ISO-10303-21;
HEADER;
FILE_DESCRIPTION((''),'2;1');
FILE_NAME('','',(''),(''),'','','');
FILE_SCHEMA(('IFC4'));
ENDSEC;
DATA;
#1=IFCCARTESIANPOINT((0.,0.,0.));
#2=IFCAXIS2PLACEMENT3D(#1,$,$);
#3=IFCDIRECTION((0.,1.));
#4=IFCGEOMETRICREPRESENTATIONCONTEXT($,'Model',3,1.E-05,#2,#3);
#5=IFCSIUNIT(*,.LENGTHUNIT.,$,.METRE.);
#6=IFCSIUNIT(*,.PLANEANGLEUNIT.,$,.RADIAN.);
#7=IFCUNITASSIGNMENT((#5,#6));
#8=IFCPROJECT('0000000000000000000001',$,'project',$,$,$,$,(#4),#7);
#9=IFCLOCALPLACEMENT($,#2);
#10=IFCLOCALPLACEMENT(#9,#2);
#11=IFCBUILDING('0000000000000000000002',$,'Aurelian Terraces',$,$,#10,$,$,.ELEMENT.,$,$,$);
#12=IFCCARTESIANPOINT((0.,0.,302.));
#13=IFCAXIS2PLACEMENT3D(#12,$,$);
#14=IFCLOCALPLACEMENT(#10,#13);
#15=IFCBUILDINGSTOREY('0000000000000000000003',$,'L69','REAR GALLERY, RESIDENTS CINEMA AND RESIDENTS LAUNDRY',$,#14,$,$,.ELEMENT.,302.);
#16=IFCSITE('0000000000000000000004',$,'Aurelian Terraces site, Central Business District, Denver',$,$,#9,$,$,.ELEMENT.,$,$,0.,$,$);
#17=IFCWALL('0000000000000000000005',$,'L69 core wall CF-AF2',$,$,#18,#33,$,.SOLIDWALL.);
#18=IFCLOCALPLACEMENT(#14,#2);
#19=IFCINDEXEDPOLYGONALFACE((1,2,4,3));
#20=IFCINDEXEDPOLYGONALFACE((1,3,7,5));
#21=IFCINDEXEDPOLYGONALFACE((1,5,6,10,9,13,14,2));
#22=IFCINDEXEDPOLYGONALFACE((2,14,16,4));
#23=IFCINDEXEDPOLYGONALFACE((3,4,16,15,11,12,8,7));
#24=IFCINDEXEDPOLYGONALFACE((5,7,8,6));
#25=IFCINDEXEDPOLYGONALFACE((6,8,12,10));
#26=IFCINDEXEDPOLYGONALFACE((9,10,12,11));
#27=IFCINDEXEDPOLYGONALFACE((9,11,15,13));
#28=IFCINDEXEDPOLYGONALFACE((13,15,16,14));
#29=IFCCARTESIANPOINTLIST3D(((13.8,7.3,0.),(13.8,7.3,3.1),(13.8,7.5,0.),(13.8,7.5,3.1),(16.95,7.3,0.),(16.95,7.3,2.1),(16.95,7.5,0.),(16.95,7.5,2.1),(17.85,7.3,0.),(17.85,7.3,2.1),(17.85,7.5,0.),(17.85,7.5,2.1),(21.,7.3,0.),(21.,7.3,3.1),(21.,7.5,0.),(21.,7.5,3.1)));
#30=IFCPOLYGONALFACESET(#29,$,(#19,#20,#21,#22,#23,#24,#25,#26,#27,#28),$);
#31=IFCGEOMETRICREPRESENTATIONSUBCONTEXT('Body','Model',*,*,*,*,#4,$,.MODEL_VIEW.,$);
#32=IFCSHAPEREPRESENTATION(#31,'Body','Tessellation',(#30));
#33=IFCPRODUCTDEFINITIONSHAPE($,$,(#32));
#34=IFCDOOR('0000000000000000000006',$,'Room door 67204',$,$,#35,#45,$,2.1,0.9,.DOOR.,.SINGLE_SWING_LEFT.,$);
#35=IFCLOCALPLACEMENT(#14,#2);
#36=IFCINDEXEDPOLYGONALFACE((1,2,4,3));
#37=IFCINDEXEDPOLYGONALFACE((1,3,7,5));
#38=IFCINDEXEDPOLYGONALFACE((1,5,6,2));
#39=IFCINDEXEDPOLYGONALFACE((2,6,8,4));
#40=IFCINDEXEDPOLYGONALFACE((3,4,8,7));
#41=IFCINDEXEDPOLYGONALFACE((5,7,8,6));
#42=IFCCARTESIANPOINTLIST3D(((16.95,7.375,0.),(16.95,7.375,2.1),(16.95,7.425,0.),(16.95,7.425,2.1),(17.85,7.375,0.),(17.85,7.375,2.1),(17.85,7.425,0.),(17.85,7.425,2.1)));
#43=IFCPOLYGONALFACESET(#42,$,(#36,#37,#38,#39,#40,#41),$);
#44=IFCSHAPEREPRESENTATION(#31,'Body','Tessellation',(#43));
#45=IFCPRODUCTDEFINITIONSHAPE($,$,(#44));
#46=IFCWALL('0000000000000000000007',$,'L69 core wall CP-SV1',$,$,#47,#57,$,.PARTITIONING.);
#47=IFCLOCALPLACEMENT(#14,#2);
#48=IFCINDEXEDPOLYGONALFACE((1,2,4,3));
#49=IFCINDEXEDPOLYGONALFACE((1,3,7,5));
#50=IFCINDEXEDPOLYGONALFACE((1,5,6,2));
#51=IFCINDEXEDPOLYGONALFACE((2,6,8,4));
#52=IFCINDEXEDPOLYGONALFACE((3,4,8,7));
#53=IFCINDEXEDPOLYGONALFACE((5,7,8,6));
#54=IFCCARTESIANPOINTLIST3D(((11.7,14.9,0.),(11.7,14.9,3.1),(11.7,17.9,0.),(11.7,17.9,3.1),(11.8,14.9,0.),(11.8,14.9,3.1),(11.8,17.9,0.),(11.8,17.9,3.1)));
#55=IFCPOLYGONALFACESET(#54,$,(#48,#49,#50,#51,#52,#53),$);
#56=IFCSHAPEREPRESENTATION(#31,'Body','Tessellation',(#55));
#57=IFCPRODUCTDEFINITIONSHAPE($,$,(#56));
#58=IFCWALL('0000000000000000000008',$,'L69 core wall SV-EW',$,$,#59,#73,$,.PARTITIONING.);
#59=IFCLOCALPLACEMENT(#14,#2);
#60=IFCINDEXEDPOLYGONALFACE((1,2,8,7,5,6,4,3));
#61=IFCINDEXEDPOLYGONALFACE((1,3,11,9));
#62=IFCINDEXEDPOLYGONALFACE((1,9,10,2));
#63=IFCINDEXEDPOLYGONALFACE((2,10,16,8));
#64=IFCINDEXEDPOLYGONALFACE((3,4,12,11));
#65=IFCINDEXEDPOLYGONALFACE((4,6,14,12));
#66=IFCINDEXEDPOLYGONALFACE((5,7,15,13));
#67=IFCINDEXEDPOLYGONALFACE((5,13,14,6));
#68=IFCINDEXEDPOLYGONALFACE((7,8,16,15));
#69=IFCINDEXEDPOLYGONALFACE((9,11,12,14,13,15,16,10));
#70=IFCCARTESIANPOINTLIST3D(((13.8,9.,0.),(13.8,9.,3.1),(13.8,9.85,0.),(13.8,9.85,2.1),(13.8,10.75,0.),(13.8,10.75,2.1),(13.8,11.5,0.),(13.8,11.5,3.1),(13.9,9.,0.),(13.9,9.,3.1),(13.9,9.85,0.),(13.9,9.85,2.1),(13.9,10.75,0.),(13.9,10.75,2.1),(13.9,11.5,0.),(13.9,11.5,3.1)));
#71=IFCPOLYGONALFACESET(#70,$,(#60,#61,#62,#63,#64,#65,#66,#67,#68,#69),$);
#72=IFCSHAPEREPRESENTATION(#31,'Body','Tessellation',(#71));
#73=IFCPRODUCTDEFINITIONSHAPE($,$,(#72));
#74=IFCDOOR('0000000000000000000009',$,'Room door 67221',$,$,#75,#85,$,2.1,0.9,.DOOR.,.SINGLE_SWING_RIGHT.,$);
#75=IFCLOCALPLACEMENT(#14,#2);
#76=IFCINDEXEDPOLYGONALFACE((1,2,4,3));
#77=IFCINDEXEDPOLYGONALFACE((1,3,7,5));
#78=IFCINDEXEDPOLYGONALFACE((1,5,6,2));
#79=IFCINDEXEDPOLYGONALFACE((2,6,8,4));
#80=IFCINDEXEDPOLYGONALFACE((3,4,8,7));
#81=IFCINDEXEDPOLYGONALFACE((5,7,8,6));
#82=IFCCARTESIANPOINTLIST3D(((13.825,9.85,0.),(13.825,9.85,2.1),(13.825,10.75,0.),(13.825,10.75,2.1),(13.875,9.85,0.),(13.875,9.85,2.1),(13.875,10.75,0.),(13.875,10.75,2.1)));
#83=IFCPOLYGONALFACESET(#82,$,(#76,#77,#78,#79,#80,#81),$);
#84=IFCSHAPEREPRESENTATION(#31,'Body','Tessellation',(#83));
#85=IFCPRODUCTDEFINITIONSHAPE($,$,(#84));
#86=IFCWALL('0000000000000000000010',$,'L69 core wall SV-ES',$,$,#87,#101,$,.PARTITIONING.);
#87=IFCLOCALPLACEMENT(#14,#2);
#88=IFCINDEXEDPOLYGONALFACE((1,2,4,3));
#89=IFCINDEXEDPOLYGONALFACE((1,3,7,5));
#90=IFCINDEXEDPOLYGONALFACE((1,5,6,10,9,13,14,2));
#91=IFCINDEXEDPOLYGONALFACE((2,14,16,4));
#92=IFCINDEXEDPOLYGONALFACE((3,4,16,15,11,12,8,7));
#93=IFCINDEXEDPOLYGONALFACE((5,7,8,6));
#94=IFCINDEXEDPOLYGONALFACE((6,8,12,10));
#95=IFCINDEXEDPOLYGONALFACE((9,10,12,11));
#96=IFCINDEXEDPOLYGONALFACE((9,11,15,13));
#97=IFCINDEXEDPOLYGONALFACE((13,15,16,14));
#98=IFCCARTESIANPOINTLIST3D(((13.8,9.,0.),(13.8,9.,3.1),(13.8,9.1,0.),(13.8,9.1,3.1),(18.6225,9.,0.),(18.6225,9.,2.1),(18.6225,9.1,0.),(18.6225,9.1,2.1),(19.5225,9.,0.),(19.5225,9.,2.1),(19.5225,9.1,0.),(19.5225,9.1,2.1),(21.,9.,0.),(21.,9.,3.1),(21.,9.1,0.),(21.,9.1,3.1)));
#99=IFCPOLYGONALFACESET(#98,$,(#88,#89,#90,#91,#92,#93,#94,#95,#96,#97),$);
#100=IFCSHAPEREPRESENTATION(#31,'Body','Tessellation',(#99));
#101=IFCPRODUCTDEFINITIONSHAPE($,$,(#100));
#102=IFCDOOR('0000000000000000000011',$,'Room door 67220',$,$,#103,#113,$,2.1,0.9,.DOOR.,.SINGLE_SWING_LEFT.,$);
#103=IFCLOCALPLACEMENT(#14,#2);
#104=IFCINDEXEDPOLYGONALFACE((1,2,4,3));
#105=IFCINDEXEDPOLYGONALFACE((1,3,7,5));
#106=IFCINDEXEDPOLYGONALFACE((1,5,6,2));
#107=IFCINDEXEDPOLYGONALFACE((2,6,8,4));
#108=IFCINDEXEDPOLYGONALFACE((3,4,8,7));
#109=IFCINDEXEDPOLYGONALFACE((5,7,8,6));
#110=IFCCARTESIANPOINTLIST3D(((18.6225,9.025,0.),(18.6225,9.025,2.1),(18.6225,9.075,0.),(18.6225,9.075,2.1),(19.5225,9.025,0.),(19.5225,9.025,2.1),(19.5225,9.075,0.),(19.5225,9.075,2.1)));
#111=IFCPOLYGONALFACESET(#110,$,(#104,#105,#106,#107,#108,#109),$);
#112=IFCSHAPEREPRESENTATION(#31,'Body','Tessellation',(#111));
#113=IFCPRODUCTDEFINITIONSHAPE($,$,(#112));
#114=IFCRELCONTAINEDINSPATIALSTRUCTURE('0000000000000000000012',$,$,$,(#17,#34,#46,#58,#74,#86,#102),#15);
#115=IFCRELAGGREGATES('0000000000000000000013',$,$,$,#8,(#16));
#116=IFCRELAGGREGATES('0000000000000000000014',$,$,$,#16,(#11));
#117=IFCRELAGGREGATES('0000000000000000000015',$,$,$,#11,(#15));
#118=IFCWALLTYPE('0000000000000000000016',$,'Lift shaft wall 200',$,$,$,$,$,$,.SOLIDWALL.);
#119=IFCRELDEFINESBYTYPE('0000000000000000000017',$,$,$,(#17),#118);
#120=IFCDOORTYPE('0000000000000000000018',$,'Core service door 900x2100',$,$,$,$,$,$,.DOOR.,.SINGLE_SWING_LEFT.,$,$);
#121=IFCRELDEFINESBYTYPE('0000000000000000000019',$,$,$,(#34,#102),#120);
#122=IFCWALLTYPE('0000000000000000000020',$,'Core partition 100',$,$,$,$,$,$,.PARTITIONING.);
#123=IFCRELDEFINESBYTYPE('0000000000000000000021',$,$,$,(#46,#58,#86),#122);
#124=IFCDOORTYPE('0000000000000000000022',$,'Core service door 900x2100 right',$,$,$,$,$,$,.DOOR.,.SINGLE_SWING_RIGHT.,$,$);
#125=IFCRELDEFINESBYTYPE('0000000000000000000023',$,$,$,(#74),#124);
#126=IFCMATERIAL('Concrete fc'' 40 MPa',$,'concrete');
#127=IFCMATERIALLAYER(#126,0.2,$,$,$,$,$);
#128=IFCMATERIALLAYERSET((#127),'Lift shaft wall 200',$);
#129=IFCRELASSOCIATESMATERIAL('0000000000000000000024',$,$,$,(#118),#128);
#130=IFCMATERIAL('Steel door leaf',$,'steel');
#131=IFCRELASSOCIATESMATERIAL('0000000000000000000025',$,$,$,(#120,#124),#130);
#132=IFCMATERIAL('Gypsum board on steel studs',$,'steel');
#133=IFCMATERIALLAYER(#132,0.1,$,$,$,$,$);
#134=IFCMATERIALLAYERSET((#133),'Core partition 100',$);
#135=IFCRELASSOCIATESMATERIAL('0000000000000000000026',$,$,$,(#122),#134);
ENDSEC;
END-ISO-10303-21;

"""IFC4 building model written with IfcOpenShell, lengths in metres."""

from ifc_helpers import new_model, si_unit, direction, frame, frame_2d, origin, place, context, subcontext, project, spatial, rectangle, extrude, source, transform, mapped, material, layer, layer_set, type_object, element, fill, save


model = new_model("IFC4")

# Units and contexts
model_context = context("Model", 3, precision=1e-05, world=origin(), true_north=direction((0.0, 1.0)))
body_context = subcontext(model_context, "Body", "Model", "MODEL_VIEW")
ifc_project = project(units=[si_unit("LENGTHUNIT", "METRE"), si_unit("PLANEANGLEUNIT", "RADIAN")], contexts=[model_context])

# Site, building, storey
site_placement = place(None, origin())
site = spatial("IfcSite", under=ifc_project, at=site_placement, Name="Aurelian Terraces site, Central Business District, Denver", CompositionType="ELEMENT", RefElevation=0.0)
building_placement = place(site_placement, origin())
building = spatial("IfcBuilding", under=site, at=building_placement, Name="Aurelian Terraces", CompositionType="ELEMENT")
storey_placement = place(building_placement, frame((0.0, 0.0, 302.0)))
storey = spatial("IfcBuildingStorey", under=building, at=storey_placement, Name="L69", Description="REAR GALLERY, RESIDENTS CINEMA AND RESIDENTS LAUNDRY", CompositionType="ELEMENT", Elevation=302.0)

# Shared definitions
ifc_material_1 = material(Name="Concrete fc' 40 MPa", Category="concrete")
ifc_layer_1 = layer(ifc_material_1, 0.2)
ifc_layer_set_1 = layer_set([ifc_layer_1], Name="Lift shaft wall 200")
wall_type_1 = type_object("IfcWallType", Name="Lift shaft wall 200", PredefinedType="SOLIDWALL", material=ifc_layer_set_1)

# Shared definitions
ifc_material_2 = material(Name="Gypsum board on steel studs", Category="steel")

# Wall, opening, door
shared_shape_1 = source(origin(), body_context, "Body", "SweptSolid", [
    extrude(rectangle(XDim=7.2, YDim=0.2, at=frame_2d((3.6, 0.0))), origin(), (0.0, 0.0, 1.0), 3.1),
])
wall_1_placement = place(storey_placement, frame((13.8, 7.4, 0.0), z_axis=(0.0, 0.0, 1.0), x_axis=(1.0, 0.0, 0.0)))
wall_1 = element("IfcWall", 1, at=wall_1_placement, inside=storey, type_object=wall_type_1, Name="L69 core wall CF-AF2", PredefinedType="SOLIDWALL", context=body_context, shape_type="MappedRepresentation", body=[
    mapped(shared_shape_1, transform((0.0, 0.0, 0.0), scale=1.0)),
])
shared_shape_2 = source(origin(), body_context, "Body", "SweptSolid", [
    extrude(rectangle(XDim=0.9, YDim=2.1, at=frame_2d((0.45, 1.05))), frame((0.0, 0.11, 0.0), z_axis=(0.0, -1.0, 0.0), x_axis=(1.0, 0.0, 0.0)), (0.0, 0.0, 1.0), 0.22),
])
opening_1_placement = place(wall_1_placement, frame((3.15, 0.0, 0.0)))
opening_1 = element("IfcOpeningElement", 2, at=opening_1_placement, cuts=wall_1, PredefinedType="OPENING", context=body_context, shape_type="MappedRepresentation", body=[
    mapped(shared_shape_2, transform((0.0, 0.0, 0.0), scale=1.0)),
])
ifc_material_3 = material(Name="Steel door leaf", Category="steel")
door_type_1 = type_object("IfcDoorType", Name="Core service door 900x2100", OperationType="SINGLE_SWING_LEFT", PredefinedType="DOOR", material=ifc_material_3)
shared_shape_3 = source(origin(), body_context, "Body", "SweptSolid", [
    extrude(rectangle(XDim=0.9, YDim=2.1, at=frame_2d((0.45, 1.05))), frame((0.0, 0.025, 0.0), z_axis=(0.0, -1.0, 0.0), x_axis=(1.0, 0.0, 0.0)), (0.0, 0.0, 1.0), 0.05),
])
door_1_placement = place(opening_1_placement, origin())
door_1 = element("IfcDoor", 3, at=door_1_placement, inside=storey, type_object=door_type_1, Name="Room door 67204", OperationType="SINGLE_SWING_LEFT", OverallHeight=2.1, OverallWidth=0.9, PredefinedType="DOOR", context=body_context, shape_type="MappedRepresentation", body=[
    mapped(shared_shape_3, transform((0.0, 0.0, 0.0), scale=1.0)),
])
fill(opening_1, door_1)

# Wall
ifc_layer_2 = layer(ifc_material_2, 0.1)
ifc_layer_set_2 = layer_set([ifc_layer_2], Name="Core partition 100")
wall_type_2 = type_object("IfcWallType", Name="Core partition 100", PredefinedType="PARTITIONING", material=ifc_layer_set_2)
shared_shape_4 = source(origin(), body_context, "Body", "SweptSolid", [
    extrude(rectangle(XDim=3.0, YDim=0.1, at=frame_2d((1.5, 0.0))), origin(), (0.0, 0.0, 1.0), 3.1),
])
wall_2_placement = place(storey_placement, frame((11.75, 14.9, 0.0), z_axis=(0.0, 0.0, 1.0), x_axis=(0.0, 1.0, 0.0)))
element("IfcWall", 4, at=wall_2_placement, inside=storey, type_object=wall_type_2, Name="L69 core wall CP-SV1", PredefinedType="PARTITIONING", context=body_context, shape_type="MappedRepresentation", body=[
    mapped(shared_shape_4, transform((0.0, 0.0, 0.0), scale=1.0)),
])

# Walls, openings, doors
shared_shape_5 = source(origin(), body_context, "Body", "SweptSolid", [
    extrude(rectangle(XDim=2.5, YDim=0.1, at=frame_2d((1.25, 0.0))), origin(), (0.0, 0.0, 1.0), 3.1),
])
wall_3_placement = place(storey_placement, frame((13.85, 9.0, 0.0), z_axis=(0.0, 0.0, 1.0), x_axis=(0.0, 1.0, 0.0)))
wall_3 = element("IfcWall", 5, at=wall_3_placement, inside=storey, type_object=wall_type_2, Name="L69 core wall SV-EW", PredefinedType="PARTITIONING", context=body_context, shape_type="MappedRepresentation", body=[
    mapped(shared_shape_5, transform((0.0, 0.0, 0.0), scale=1.0)),
])
shared_shape_6 = source(origin(), body_context, "Body", "SweptSolid", [
    extrude(rectangle(XDim=0.9, YDim=2.1, at=frame_2d((0.45, 1.05))), frame((0.0, 0.06, 0.0), z_axis=(0.0, -1.0, 0.0), x_axis=(1.0, 0.0, 0.0)), (0.0, 0.0, 1.0), 0.12),
])
opening_2_placement = place(wall_3_placement, frame((0.85, 0.0, 0.0)))
opening_2 = element("IfcOpeningElement", 6, at=opening_2_placement, cuts=wall_3, PredefinedType="OPENING", context=body_context, shape_type="MappedRepresentation", body=[
    mapped(shared_shape_6, transform((0.0, 0.0, 0.0), scale=1.0)),
])
door_type_2 = type_object("IfcDoorType", Name="Core service door 900x2100 right", OperationType="SINGLE_SWING_RIGHT", PredefinedType="DOOR", material=ifc_material_3)
door_2_placement = place(opening_2_placement, origin())
door_2 = element("IfcDoor", 7, at=door_2_placement, inside=storey, type_object=door_type_2, Name="Room door 67221", OperationType="SINGLE_SWING_RIGHT", OverallHeight=2.1, OverallWidth=0.9, PredefinedType="DOOR", context=body_context, shape_type="MappedRepresentation", body=[
    mapped(shared_shape_3, transform((0.0, 0.0, 0.0), scale=1.0)),
])
fill(opening_2, door_2)
shared_shape_7 = source(origin(), body_context, "Body", "SweptSolid", [
    extrude(rectangle(XDim=7.2, YDim=0.1, at=frame_2d((3.6, 0.0))), origin(), (0.0, 0.0, 1.0), 3.1),
])
wall_4_placement = place(storey_placement, frame((13.8, 9.05, 0.0), z_axis=(0.0, 0.0, 1.0), x_axis=(1.0, 0.0, 0.0)))
wall_4 = element("IfcWall", 8, at=wall_4_placement, inside=storey, type_object=wall_type_2, Name="L69 core wall SV-ES", PredefinedType="PARTITIONING", context=body_context, shape_type="MappedRepresentation", body=[
    mapped(shared_shape_7, transform((0.0, 0.0, 0.0), scale=1.0)),
])
opening_3_placement = place(wall_4_placement, frame((4.8225, 0.0, 0.0)))
opening_3 = element("IfcOpeningElement", 9, at=opening_3_placement, cuts=wall_4, PredefinedType="OPENING", context=body_context, shape_type="MappedRepresentation", body=[
    mapped(shared_shape_6, transform((0.0, 0.0, 0.0), scale=1.0)),
])
door_3_placement = place(opening_3_placement, origin())
door_3 = element("IfcDoor", 10, at=door_3_placement, inside=storey, type_object=door_type_1, Name="Room door 67220", OperationType="SINGLE_SWING_LEFT", OverallHeight=2.1, OverallWidth=0.9, PredefinedType="DOOR", context=body_context, shape_type="MappedRepresentation", body=[
    mapped(shared_shape_3, transform((0.0, 0.0, 0.0), scale=1.0)),
])
fill(opening_3, door_3)

save(model, "model.ifc")
